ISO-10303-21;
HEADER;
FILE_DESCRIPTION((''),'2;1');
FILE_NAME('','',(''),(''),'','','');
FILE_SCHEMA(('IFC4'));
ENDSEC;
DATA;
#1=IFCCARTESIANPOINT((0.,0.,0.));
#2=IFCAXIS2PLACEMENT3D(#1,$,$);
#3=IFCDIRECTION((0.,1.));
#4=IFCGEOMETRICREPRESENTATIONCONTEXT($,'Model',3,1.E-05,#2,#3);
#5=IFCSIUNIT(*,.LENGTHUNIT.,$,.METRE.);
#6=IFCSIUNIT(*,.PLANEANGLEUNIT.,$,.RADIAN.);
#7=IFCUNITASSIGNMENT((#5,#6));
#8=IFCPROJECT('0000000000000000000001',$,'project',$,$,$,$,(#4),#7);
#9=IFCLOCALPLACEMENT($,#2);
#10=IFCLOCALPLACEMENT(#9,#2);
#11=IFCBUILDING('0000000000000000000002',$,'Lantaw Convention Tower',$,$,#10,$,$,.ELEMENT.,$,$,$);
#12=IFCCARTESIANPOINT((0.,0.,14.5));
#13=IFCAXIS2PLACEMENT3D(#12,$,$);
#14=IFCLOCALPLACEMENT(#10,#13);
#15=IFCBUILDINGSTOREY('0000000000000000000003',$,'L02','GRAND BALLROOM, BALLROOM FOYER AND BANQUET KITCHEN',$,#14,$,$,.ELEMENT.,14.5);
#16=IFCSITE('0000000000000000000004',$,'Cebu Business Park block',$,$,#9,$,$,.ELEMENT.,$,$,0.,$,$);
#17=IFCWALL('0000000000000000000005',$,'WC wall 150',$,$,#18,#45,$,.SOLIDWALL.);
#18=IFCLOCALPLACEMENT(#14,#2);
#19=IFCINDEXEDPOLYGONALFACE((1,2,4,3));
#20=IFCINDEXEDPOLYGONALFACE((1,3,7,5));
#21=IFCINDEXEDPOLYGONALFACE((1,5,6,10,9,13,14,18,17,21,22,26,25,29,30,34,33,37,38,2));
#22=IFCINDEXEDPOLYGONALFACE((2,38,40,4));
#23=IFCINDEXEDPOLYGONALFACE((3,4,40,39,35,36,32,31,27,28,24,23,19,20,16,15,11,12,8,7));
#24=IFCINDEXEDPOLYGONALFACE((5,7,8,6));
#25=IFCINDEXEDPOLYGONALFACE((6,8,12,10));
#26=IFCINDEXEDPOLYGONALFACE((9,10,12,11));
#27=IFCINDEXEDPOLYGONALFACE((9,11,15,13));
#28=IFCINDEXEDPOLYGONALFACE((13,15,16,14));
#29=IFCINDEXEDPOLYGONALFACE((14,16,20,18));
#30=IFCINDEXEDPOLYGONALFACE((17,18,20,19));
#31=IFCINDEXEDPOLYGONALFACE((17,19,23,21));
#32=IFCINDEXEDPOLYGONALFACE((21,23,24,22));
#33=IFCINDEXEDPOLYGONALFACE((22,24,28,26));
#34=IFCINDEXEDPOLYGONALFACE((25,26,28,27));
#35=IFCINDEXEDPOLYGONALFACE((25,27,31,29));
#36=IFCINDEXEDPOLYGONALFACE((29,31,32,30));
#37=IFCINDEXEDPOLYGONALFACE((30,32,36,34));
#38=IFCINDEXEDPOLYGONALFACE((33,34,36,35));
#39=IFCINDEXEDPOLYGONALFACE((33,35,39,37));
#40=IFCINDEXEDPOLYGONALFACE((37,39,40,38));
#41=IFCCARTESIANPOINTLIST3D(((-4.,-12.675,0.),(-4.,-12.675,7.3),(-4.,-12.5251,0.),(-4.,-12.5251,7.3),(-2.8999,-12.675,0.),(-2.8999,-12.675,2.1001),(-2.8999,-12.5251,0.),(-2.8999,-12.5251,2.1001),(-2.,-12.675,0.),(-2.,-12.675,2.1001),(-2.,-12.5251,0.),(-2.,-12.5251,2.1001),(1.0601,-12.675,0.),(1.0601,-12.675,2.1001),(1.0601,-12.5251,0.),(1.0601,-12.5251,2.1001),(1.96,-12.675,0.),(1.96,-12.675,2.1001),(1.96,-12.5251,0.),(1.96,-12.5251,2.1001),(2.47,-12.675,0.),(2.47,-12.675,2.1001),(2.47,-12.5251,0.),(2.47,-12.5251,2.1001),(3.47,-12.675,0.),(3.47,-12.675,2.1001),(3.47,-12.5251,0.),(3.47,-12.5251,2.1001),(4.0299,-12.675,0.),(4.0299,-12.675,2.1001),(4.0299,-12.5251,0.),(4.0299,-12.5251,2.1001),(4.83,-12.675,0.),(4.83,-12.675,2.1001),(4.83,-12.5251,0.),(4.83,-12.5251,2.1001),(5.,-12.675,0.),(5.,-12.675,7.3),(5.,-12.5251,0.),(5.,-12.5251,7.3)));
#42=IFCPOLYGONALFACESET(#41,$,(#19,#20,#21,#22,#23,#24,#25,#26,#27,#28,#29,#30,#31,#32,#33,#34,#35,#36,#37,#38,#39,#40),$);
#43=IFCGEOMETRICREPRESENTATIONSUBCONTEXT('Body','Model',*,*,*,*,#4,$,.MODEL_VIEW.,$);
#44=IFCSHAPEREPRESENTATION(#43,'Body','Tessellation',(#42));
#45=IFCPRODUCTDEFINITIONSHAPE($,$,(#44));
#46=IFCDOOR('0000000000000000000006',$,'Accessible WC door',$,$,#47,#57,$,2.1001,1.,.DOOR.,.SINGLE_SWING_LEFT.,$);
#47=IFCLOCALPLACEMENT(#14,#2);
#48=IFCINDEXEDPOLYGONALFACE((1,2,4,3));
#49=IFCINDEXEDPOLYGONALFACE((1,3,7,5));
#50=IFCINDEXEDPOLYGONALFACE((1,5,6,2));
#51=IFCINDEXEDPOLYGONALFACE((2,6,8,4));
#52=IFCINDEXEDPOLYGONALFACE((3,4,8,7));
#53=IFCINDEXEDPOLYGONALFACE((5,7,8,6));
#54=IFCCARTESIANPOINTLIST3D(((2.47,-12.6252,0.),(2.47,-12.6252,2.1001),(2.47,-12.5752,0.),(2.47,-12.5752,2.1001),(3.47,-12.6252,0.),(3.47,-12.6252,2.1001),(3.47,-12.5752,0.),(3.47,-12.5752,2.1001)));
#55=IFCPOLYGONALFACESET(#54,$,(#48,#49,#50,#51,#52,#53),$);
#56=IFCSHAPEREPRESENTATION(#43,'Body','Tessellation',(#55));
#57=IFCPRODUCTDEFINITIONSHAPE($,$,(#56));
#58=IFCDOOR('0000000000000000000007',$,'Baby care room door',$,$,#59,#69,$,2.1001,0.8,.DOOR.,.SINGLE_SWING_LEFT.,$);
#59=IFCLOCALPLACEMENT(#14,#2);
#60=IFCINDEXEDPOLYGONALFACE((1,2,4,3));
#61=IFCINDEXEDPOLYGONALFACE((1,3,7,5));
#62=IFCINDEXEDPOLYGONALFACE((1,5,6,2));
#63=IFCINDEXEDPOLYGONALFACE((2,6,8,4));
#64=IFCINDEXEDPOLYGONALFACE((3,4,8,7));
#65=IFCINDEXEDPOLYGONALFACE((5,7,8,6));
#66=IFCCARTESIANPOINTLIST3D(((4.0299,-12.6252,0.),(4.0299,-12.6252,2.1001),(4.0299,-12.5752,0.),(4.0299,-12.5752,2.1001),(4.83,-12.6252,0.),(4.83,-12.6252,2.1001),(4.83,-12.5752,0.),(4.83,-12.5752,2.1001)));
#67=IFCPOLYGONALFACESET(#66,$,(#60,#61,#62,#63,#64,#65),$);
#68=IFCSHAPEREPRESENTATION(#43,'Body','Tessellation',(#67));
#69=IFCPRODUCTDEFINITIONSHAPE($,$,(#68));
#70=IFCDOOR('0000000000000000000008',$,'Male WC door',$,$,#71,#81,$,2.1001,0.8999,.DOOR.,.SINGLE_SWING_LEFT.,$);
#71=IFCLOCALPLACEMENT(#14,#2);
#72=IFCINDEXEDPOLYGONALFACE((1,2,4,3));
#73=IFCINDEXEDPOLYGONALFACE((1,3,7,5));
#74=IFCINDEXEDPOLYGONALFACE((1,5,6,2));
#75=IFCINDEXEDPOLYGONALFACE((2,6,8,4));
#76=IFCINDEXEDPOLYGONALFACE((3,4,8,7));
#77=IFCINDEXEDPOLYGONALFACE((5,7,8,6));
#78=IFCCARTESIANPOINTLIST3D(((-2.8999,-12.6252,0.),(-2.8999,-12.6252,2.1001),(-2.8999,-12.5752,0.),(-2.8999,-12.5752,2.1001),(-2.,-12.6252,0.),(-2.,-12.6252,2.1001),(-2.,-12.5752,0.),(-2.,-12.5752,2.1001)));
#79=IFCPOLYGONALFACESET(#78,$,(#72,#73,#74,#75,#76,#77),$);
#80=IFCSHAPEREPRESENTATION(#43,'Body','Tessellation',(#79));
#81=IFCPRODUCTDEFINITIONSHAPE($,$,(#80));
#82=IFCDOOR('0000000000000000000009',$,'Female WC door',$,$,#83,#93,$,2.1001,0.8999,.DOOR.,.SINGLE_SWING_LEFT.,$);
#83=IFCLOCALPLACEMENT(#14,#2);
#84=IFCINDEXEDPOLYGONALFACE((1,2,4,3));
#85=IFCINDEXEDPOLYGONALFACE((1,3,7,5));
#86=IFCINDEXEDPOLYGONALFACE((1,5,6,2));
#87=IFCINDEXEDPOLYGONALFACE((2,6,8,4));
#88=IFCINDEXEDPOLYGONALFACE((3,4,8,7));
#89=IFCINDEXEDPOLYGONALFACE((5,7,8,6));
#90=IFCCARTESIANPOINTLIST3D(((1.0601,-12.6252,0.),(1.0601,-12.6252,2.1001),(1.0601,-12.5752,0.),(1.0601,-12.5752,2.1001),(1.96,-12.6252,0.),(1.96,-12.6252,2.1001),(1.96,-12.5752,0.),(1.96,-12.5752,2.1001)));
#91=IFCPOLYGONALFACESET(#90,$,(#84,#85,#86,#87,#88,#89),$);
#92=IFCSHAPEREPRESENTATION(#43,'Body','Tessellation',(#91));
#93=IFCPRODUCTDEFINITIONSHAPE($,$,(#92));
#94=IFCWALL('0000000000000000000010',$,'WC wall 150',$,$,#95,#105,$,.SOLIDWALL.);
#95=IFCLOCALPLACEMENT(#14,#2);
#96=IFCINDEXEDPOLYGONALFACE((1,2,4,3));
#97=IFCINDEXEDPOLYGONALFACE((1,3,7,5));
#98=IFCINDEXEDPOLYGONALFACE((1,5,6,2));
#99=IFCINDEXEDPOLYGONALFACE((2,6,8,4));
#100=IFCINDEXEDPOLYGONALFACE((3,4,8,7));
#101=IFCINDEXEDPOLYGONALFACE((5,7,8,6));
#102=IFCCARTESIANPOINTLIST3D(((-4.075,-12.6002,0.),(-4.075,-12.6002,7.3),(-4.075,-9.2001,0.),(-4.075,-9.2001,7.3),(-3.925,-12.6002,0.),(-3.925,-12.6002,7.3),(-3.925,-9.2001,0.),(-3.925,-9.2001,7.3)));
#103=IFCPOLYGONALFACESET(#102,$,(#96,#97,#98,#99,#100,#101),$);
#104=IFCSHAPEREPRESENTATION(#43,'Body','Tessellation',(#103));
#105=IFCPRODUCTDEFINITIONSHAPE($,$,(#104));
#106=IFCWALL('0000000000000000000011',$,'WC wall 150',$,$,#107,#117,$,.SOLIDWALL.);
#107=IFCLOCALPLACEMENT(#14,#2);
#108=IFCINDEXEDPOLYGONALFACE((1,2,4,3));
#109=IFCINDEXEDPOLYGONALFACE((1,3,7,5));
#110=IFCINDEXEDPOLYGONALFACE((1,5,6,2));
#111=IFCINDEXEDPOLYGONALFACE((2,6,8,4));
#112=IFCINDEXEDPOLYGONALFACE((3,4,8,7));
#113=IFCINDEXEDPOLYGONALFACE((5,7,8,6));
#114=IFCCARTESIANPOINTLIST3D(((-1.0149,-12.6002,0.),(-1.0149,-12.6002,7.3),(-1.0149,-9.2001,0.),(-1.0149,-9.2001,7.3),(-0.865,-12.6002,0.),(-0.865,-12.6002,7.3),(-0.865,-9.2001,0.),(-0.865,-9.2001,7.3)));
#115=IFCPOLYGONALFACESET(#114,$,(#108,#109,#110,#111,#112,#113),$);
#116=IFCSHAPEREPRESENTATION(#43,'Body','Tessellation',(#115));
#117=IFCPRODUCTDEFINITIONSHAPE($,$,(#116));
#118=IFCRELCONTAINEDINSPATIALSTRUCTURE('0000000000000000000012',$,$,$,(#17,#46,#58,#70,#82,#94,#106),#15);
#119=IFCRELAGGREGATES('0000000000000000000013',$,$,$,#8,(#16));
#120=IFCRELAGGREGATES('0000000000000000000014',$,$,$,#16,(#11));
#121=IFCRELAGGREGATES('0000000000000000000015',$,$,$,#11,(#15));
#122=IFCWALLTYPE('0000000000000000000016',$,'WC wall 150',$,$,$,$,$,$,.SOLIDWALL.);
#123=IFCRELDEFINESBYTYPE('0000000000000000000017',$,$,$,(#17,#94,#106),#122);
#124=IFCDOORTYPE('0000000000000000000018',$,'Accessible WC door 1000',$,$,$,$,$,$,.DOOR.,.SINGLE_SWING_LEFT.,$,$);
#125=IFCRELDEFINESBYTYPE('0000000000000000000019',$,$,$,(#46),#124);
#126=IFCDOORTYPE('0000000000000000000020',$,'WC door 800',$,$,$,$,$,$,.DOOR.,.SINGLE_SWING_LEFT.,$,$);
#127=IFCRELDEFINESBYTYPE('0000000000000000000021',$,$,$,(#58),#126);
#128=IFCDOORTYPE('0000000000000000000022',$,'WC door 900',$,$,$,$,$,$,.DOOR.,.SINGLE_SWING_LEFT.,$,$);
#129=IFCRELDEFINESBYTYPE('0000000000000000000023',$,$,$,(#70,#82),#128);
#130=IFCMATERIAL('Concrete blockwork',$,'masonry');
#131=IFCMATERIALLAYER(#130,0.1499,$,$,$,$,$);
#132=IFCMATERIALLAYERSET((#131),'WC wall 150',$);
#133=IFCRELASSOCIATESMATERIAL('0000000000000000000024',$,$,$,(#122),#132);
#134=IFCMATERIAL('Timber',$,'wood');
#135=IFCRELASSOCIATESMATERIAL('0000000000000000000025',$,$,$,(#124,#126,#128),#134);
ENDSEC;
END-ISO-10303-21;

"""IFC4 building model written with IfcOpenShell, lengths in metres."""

from ifc_helpers import new_model, si_unit, direction, frame, frame_2d, origin, place, context, subcontext, project, spatial, rectangle, extrude, material, layer, layer_set, type_object, element, fill, save


model = new_model("IFC4")

# Units and contexts
model_context = context("Model", 3, precision=1e-05, world=origin(), true_north=direction((0.0, 1.0)))
body_context = subcontext(model_context, "Body", "Model", "MODEL_VIEW")
ifc_project = project(units=[si_unit("LENGTHUNIT", "METRE"), si_unit("PLANEANGLEUNIT", "RADIAN")], contexts=[model_context])

# Site, building, storey
site_placement = place(None, origin())
site = spatial("IfcSite", under=ifc_project, at=site_placement, Name="Cebu Business Park block", CompositionType="ELEMENT", RefElevation=0.0)
building_placement = place(site_placement, origin())
building = spatial("IfcBuilding", under=site, at=building_placement, Name="Lantaw Convention Tower", CompositionType="ELEMENT")
storey_placement = place(building_placement, frame((0.0, 0.0, 14.5)))
storey = spatial("IfcBuildingStorey", under=building, at=storey_placement, Name="L02", Description="GRAND BALLROOM, BALLROOM FOYER AND BANQUET KITCHEN", CompositionType="ELEMENT", Elevation=14.5)

# Wall, openings, doors
ifc_material_1 = material(Name="Concrete blockwork", Category="masonry")
ifc_layer_1 = layer(ifc_material_1, 0.1499)
ifc_layer_set_1 = layer_set([ifc_layer_1], Name="WC wall 150")
wall_type_1 = type_object("IfcWallType", Name="WC wall 150", PredefinedType="SOLIDWALL", material=ifc_layer_set_1)
wall_1_placement = place(storey_placement, frame((-4.0, -12.6001, 0.0), z_axis=(0.0, 0.0, 1.0), x_axis=(1.0, 0.0, 0.0)))
wall_1 = element("IfcWall", 1, at=wall_1_placement, inside=storey, type_object=wall_type_1, Name="WC wall 150", PredefinedType="SOLIDWALL", context=body_context, shape_type="SweptSolid", body=[
    extrude(rectangle(XDim=9.0, YDim=0.1499, at=frame_2d((4.5, 0.0))), origin(), (0.0, 0.0, 1.0), 7.3),
])
opening_1_placement = place(wall_1_placement, frame((1.1001, 0.0, 0.0)))
opening_1 = element("IfcOpeningElement", 2, at=opening_1_placement, cuts=wall_1, PredefinedType="OPENING", context=body_context, shape_type="SweptSolid", body=[
    extrude(rectangle(XDim=0.8999, YDim=2.1001, at=frame_2d((0.45, 1.05))), frame((0.0, 0.085, 0.0), z_axis=(0.0, -1.0, 0.0), x_axis=(1.0, 0.0, 0.0)), (0.0, 0.0, 1.0), 0.1699),
])
opening_2_placement = place(wall_1_placement, frame((5.0601, 0.0, 0.0)))
opening_2 = element("IfcOpeningElement", 3, at=opening_2_placement, cuts=wall_1, PredefinedType="OPENING", context=body_context, shape_type="SweptSolid", body=[
    extrude(rectangle(XDim=0.8999, YDim=2.1001, at=frame_2d((0.45, 1.05))), frame((0.0, 0.085, 0.0), z_axis=(0.0, -1.0, 0.0), x_axis=(1.0, 0.0, 0.0)), (0.0, 0.0, 1.0), 0.1699),
])
opening_3_placement = place(wall_1_placement, frame((6.47, 0.0, 0.0)))
opening_3 = element("IfcOpeningElement", 4, at=opening_3_placement, cuts=wall_1, PredefinedType="OPENING", context=body_context, shape_type="SweptSolid", body=[
    extrude(rectangle(XDim=1.0, YDim=2.1001, at=frame_2d((0.5, 1.05))), frame((0.0, 0.085, 0.0), z_axis=(0.0, -1.0, 0.0), x_axis=(1.0, 0.0, 0.0)), (0.0, 0.0, 1.0), 0.1699),
])
opening_4_placement = place(wall_1_placement, frame((8.03, 0.0, 0.0)))
opening_4 = element("IfcOpeningElement", 5, at=opening_4_placement, cuts=wall_1, PredefinedType="OPENING", context=body_context, shape_type="SweptSolid", body=[
    extrude(rectangle(XDim=0.8, YDim=2.1001, at=frame_2d((0.3999, 1.05))), frame((0.0, 0.085, 0.0), z_axis=(0.0, -1.0, 0.0), x_axis=(1.0, 0.0, 0.0)), (0.0, 0.0, 1.0), 0.1699),
])
ifc_material_2 = material(Name="Timber", Category="wood")
door_type_1 = type_object("IfcDoorType", Name="Accessible WC door 1000", OperationType="SINGLE_SWING_LEFT", PredefinedType="DOOR", material=ifc_material_2)
door_1_placement = place(opening_3_placement, origin())
door_1 = element("IfcDoor", 6, at=door_1_placement, inside=storey, type_object=door_type_1, Name="Accessible WC door", OperationType="SINGLE_SWING_LEFT", OverallHeight=2.1001, OverallWidth=1.0, PredefinedType="DOOR", context=body_context, shape_type="SweptSolid", body=[
    extrude(rectangle(XDim=1.0, YDim=2.1001, at=frame_2d((0.5, 1.05))), frame((0.0, 0.0249, 0.0), z_axis=(0.0, -1.0, 0.0), x_axis=(1.0, 0.0, 0.0)), (0.0, 0.0, 1.0), 0.05),
])
fill(opening_3, door_1)
door_type_2 = type_object("IfcDoorType", Name="WC door 800", OperationType="SINGLE_SWING_LEFT", PredefinedType="DOOR", material=ifc_material_2)
door_2_placement = place(opening_4_placement, origin())
door_2 = element("IfcDoor", 7, at=door_2_placement, inside=storey, type_object=door_type_2, Name="Baby care room door", OperationType="SINGLE_SWING_LEFT", OverallHeight=2.1001, OverallWidth=0.8, PredefinedType="DOOR", context=body_context, shape_type="SweptSolid", body=[
    extrude(rectangle(XDim=0.8, YDim=2.1001, at=frame_2d((0.3999, 1.05))), frame((0.0, 0.0249, 0.0), z_axis=(0.0, -1.0, 0.0), x_axis=(1.0, 0.0, 0.0)), (0.0, 0.0, 1.0), 0.05),
])
fill(opening_4, door_2)
door_type_3 = type_object("IfcDoorType", Name="WC door 900", OperationType="SINGLE_SWING_LEFT", PredefinedType="DOOR", material=ifc_material_2)
door_3_placement = place(opening_1_placement, origin())
door_3 = element("IfcDoor", 8, at=door_3_placement, inside=storey, type_object=door_type_3, Name="Male WC door", OperationType="SINGLE_SWING_LEFT", OverallHeight=2.1001, OverallWidth=0.8999, PredefinedType="DOOR", context=body_context, shape_type="SweptSolid", body=[
    extrude(rectangle(XDim=0.8999, YDim=2.1001, at=frame_2d((0.45, 1.05))), frame((0.0, 0.0249, 0.0), z_axis=(0.0, -1.0, 0.0), x_axis=(1.0, 0.0, 0.0)), (0.0, 0.0, 1.0), 0.05),
])
fill(opening_1, door_3)
door_4_placement = place(opening_2_placement, origin())
door_4 = element("IfcDoor", 9, at=door_4_placement, inside=storey, type_object=door_type_3, Name="Female WC door", OperationType="SINGLE_SWING_LEFT", OverallHeight=2.1001, OverallWidth=0.8999, PredefinedType="DOOR", context=body_context, shape_type="SweptSolid", body=[
    extrude(rectangle(XDim=0.8999, YDim=2.1001, at=frame_2d((0.45, 1.05))), frame((0.0, 0.0249, 0.0), z_axis=(0.0, -1.0, 0.0), x_axis=(1.0, 0.0, 0.0)), (0.0, 0.0, 1.0), 0.05),
])
fill(opening_2, door_4)

# Walls
for number, where, z_axis, x_axis, name in (
    (10, (-4.0, -9.2, 0.0), (0.0, 0.0, 1.0), (0.0, -1.0, 0.0), "WC wall 150"),
    (11, (-0.9399, -9.2, 0.0), (0.0, 0.0, 1.0), (0.0, -1.0, 0.0), "WC wall 150"),
):
    element("IfcWall", number, at=place(storey_placement, frame(where, z_axis=z_axis, x_axis=x_axis)), inside=storey, type_object=wall_type_1, Name=name, PredefinedType="SOLIDWALL", context=body_context, shape_type="SweptSolid", body=[
        extrude(rectangle(XDim=3.4001, YDim=0.1499, at=frame_2d((1.7002, 0.0))), origin(), (0.0, 0.0, 1.0), 7.3),
    ])

save(model, "model.ifc")
